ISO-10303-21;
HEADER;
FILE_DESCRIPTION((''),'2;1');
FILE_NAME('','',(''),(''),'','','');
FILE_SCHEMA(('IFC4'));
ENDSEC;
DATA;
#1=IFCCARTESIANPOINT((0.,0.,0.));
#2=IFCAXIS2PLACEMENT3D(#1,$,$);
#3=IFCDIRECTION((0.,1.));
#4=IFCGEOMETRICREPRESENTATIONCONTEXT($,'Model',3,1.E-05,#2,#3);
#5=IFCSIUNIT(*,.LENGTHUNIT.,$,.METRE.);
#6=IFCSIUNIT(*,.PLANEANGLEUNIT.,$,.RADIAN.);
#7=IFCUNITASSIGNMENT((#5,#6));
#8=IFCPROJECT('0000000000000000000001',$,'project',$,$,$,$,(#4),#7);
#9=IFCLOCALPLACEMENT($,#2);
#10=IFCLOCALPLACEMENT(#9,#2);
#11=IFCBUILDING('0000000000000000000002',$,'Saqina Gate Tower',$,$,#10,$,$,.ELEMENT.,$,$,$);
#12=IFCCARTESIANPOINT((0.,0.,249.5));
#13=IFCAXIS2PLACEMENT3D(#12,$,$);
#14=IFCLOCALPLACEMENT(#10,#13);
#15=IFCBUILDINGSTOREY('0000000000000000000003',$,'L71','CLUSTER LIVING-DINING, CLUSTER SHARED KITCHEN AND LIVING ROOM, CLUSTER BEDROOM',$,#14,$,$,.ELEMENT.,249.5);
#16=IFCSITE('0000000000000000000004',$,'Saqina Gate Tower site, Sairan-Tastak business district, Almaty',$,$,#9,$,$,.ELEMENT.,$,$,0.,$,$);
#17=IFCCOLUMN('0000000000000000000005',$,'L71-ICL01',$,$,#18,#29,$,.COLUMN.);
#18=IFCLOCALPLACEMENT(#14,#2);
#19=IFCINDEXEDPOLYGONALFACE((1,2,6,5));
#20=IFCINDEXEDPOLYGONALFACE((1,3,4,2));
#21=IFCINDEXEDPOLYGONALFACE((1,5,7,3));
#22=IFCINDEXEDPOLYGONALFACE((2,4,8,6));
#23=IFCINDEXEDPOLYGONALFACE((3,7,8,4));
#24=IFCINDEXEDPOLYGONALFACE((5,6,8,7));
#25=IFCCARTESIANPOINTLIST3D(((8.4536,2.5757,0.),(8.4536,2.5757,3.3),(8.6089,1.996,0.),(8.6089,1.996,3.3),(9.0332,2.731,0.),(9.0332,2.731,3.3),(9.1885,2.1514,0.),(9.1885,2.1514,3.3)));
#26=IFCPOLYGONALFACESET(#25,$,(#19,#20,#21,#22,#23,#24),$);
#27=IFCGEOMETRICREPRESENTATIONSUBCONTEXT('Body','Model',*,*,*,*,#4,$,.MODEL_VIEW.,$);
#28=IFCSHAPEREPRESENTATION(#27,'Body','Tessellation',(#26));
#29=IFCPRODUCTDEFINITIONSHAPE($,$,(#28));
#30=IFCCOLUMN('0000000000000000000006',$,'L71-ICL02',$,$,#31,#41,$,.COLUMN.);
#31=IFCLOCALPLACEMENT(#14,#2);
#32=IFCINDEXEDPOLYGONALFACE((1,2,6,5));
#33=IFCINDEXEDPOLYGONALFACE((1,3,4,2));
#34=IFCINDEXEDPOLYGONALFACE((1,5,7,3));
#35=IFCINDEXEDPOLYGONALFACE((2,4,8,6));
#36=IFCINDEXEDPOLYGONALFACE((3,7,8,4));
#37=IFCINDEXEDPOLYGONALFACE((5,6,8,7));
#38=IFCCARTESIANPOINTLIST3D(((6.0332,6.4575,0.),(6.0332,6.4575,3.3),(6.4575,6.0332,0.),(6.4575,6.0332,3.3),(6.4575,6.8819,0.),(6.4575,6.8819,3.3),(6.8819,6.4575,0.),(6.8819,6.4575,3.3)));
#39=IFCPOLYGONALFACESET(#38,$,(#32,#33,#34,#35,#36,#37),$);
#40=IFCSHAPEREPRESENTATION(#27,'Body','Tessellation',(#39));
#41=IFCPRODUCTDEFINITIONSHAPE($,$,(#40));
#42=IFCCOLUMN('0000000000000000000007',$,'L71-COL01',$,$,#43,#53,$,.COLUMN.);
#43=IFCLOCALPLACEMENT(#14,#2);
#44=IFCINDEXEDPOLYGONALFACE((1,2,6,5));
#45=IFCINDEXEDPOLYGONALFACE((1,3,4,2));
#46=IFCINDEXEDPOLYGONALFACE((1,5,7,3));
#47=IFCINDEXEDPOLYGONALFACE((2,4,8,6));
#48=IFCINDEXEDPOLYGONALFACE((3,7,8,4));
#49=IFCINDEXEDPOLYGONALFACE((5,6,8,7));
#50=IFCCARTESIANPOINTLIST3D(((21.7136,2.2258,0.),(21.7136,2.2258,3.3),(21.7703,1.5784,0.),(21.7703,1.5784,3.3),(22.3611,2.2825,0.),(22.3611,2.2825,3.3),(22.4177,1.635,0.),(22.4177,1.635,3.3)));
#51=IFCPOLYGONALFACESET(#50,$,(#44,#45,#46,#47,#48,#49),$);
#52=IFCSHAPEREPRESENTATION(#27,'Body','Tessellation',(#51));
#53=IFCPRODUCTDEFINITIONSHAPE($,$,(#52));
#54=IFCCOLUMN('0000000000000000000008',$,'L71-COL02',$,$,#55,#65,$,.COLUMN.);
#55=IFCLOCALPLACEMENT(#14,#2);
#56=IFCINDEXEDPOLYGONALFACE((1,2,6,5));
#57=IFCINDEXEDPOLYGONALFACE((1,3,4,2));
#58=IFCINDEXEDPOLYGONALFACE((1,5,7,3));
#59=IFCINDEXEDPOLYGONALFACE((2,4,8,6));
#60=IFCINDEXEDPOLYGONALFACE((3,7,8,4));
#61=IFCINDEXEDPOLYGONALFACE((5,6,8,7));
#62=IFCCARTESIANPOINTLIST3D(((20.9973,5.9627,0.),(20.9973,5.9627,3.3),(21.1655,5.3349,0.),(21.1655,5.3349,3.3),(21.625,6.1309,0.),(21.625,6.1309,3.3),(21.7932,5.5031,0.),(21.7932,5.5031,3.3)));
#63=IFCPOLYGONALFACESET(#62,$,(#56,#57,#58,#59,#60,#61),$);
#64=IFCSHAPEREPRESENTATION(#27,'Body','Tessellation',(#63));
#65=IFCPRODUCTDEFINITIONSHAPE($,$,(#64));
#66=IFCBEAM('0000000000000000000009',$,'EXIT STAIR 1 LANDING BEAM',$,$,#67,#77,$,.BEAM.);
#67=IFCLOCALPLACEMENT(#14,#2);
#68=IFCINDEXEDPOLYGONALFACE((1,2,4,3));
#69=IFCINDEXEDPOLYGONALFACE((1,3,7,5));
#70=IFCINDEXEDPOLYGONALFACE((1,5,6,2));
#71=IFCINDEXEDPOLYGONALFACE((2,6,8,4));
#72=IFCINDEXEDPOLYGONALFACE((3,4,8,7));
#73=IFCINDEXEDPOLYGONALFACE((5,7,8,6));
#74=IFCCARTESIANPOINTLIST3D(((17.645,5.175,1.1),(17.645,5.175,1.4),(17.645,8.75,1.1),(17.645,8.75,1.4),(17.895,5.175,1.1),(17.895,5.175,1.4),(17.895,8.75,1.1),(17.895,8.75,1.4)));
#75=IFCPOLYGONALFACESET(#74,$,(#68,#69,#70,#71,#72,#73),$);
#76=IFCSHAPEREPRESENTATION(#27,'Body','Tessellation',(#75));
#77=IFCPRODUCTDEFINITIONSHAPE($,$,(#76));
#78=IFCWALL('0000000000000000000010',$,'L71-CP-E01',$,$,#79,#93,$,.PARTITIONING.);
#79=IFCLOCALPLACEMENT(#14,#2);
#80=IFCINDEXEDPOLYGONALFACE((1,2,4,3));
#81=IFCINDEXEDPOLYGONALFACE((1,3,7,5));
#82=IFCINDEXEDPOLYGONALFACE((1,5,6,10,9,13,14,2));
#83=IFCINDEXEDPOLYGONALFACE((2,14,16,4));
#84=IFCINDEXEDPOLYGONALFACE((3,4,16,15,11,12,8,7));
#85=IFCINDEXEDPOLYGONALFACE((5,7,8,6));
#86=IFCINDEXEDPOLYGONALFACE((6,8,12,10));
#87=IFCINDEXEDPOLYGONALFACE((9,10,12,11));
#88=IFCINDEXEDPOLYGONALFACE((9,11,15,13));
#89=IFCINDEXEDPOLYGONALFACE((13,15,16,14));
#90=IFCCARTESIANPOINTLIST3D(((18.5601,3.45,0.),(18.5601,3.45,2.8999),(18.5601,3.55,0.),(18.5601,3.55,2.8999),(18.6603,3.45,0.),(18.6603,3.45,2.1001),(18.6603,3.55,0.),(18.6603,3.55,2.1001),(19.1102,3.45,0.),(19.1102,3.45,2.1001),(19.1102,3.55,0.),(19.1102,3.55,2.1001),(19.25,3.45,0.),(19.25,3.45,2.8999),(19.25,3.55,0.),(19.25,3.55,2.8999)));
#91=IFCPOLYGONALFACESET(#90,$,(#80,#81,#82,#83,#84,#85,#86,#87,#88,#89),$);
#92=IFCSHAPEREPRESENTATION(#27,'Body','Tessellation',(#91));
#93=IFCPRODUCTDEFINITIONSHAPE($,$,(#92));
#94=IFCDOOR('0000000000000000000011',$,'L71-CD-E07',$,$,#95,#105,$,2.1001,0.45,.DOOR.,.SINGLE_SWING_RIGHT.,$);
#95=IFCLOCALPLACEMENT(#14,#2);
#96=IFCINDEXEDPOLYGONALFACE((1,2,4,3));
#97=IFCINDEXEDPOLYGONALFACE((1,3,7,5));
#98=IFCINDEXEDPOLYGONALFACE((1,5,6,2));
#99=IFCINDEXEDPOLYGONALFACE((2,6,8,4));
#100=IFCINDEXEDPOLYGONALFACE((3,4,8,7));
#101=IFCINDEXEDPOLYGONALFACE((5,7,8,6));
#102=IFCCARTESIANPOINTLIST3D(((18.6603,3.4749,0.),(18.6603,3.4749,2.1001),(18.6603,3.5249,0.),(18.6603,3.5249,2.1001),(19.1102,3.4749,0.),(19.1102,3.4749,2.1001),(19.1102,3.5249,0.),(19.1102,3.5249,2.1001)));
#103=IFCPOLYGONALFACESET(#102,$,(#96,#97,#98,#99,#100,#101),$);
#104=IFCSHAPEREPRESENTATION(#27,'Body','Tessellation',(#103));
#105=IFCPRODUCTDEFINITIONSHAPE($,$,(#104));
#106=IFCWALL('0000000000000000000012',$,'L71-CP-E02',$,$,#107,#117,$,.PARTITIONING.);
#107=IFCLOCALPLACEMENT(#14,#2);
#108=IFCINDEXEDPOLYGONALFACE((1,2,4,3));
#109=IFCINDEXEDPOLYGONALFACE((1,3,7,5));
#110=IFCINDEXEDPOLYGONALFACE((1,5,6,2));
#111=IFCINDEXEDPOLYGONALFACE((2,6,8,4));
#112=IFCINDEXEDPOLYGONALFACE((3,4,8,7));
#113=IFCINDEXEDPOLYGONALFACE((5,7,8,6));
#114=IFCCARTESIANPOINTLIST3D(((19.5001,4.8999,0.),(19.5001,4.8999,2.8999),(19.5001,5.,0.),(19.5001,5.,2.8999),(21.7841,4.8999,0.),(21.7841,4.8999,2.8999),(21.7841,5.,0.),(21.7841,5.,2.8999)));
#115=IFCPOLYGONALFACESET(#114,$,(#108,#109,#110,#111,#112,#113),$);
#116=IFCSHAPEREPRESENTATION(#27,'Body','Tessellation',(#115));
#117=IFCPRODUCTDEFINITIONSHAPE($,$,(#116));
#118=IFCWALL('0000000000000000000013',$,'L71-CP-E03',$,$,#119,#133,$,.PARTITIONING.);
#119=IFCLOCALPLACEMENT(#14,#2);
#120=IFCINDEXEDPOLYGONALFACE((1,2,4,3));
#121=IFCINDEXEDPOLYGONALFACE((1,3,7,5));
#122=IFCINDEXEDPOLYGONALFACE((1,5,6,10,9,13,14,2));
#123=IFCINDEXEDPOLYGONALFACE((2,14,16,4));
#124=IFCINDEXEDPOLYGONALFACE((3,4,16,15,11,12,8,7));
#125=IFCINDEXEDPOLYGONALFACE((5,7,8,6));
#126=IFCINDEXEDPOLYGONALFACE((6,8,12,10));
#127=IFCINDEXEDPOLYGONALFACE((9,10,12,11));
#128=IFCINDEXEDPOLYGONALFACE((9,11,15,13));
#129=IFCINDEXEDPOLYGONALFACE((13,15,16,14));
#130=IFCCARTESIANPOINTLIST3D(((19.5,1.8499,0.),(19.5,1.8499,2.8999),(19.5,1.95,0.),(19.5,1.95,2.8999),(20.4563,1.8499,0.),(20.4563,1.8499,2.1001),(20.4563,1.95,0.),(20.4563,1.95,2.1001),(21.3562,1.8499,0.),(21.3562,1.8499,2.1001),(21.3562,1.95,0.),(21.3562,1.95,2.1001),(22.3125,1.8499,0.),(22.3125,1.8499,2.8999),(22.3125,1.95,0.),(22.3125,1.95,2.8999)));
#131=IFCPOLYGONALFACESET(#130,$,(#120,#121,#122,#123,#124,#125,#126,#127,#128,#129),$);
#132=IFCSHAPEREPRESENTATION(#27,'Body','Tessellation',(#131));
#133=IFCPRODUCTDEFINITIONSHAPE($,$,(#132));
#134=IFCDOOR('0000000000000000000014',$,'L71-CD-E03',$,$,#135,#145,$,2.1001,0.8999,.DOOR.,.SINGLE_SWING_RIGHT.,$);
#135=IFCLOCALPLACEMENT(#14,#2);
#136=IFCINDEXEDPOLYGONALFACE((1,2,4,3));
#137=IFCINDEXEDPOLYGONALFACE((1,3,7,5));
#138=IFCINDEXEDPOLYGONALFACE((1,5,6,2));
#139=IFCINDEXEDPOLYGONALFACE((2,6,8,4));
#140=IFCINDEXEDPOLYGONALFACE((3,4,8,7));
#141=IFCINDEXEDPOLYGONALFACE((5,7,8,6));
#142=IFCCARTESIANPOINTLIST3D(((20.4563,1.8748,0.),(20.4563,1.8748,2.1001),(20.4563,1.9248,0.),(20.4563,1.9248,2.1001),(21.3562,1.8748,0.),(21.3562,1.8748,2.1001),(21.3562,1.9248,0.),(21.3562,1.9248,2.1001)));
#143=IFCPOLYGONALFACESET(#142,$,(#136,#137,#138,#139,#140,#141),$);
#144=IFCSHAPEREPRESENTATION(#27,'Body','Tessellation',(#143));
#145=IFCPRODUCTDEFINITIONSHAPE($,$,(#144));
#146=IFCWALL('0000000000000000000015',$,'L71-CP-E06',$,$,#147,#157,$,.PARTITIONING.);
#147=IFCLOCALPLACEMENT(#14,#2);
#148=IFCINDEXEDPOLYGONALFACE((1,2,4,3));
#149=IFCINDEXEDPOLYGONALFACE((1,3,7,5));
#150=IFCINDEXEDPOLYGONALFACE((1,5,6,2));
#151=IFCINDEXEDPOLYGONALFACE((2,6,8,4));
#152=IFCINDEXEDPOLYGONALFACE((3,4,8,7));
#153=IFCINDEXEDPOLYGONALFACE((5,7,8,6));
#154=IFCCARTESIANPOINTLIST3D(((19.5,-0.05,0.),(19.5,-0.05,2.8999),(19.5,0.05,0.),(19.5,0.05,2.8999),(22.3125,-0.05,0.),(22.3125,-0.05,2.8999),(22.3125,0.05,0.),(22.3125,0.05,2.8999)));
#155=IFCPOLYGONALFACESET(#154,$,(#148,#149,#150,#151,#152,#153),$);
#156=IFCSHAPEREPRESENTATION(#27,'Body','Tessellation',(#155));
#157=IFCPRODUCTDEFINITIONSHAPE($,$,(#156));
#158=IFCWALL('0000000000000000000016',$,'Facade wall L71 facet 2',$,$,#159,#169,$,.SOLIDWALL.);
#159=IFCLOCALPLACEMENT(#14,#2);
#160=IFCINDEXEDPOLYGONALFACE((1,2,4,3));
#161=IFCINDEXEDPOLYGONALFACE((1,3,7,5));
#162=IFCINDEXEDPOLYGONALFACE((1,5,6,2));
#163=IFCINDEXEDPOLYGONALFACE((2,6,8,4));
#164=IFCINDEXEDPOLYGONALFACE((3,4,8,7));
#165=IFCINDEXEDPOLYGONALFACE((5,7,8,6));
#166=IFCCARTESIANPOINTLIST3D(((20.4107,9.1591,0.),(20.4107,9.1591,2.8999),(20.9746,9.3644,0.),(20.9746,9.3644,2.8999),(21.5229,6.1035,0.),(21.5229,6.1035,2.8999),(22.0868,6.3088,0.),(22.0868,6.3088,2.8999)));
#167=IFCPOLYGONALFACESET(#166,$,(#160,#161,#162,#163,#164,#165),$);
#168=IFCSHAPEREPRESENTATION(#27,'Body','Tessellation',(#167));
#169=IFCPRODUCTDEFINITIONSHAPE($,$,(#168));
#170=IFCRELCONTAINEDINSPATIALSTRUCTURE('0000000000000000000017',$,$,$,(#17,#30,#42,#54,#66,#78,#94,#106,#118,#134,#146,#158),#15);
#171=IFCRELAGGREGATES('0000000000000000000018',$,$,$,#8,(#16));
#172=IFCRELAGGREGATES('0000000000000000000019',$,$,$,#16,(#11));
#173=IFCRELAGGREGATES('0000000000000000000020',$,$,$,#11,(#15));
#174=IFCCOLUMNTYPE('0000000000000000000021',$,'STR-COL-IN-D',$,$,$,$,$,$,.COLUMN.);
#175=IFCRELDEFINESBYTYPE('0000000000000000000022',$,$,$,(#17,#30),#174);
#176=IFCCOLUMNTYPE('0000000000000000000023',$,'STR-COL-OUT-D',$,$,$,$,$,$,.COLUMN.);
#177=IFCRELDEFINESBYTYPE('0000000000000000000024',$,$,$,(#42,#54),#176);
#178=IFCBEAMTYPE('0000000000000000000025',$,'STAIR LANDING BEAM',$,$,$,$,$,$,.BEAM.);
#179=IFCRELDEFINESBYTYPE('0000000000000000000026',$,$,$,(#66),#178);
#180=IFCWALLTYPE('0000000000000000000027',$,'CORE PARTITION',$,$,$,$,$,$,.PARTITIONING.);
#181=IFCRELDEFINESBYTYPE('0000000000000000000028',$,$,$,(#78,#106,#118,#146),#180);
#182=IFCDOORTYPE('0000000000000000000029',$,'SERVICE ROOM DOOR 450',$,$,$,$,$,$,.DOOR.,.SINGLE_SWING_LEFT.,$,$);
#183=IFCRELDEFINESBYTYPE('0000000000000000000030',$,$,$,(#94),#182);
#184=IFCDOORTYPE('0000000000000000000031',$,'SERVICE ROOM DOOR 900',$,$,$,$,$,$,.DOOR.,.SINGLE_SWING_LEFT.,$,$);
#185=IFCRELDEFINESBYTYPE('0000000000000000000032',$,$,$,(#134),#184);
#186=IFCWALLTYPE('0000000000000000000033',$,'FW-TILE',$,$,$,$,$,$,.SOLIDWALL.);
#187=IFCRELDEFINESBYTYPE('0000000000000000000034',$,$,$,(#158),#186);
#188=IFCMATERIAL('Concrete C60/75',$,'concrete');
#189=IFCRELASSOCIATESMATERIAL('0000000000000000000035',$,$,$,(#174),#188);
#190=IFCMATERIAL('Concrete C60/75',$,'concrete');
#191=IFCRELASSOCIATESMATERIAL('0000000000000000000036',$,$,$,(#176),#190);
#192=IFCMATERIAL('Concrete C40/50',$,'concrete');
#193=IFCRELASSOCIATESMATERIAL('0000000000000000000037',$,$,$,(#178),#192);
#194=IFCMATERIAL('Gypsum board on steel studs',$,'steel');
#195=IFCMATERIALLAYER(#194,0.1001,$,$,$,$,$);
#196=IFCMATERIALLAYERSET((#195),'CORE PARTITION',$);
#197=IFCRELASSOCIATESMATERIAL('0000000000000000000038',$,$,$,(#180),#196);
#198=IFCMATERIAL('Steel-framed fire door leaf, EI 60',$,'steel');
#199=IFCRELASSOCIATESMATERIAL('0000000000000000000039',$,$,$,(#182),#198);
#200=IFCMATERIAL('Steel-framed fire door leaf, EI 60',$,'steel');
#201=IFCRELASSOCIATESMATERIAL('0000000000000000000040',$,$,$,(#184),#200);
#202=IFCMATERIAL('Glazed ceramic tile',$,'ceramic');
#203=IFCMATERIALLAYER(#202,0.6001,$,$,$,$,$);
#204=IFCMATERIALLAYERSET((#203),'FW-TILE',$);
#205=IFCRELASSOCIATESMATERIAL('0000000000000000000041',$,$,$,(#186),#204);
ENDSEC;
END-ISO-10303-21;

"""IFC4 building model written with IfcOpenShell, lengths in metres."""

from ifc_helpers import new_model, si_unit, direction, frame, frame_2d, origin, origin_2d, place, context, subcontext, project, spatial, rectangle, extrude, material, layer, layer_set, material_profile, profile_set, type_object, element, fill, save


model = new_model("IFC4")

# Units and contexts
model_context = context("Model", 3, precision=1e-05, world=origin(), true_north=direction((0.0, 1.0)))
body_context = subcontext(model_context, "Body", "Model", "MODEL_VIEW")
ifc_project = project(units=[si_unit("LENGTHUNIT", "METRE"), si_unit("PLANEANGLEUNIT", "RADIAN")], contexts=[model_context])

# Site, building, storey
site_placement = place(None, origin())
site = spatial("IfcSite", under=ifc_project, at=site_placement, Name="Saqina Gate Tower site, Sairan-Tastak business district, Almaty", CompositionType="ELEMENT", RefElevation=0.0)
building_placement = place(site_placement, origin())
building = spatial("IfcBuilding", under=site, at=building_placement, Name="Saqina Gate Tower", CompositionType="ELEMENT")
storey_placement = place(building_placement, frame((0.0, 0.0, 249.5)))
storey = spatial("IfcBuildingStorey", under=building, at=storey_placement, Name="L71", Description="CLUSTER LIVING-DINING, CLUSTER SHARED KITCHEN AND LIVING ROOM, CLUSTER BEDROOM", CompositionType="ELEMENT", Elevation=249.5)

# Columns
ifc_material_1 = material(Name="Concrete C60/75", Category="concrete")
ifc_material_profile_1 = material_profile(ifc_material_1, rectangle(XDim=0.6001, YDim=0.6001, at=origin_2d()), Name="RC 600x600")
ifc_profile_set_1 = profile_set([ifc_material_profile_1], Name="Concrete C60/75")
column_type_1 = type_object("IfcColumnType", Name="STR-COL-IN-D", PredefinedType="COLUMN", material=ifc_profile_set_1)
for number, where, z_axis, x_axis, name in (
    (1, (8.821, 2.3635, 0.0), (0.0, 0.0, 1.0), (0.965926, 0.258819, 0.0), "L71-ICL01"),
    (2, (6.4575, 6.4575, 0.0), (0.0, 0.0, 1.0), (0.707107, 0.707107, 0.0), "L71-ICL02"),
):
    element("IfcColumn", number, at=place(storey_placement, frame(where, z_axis=z_axis, x_axis=x_axis)), inside=storey, type_object=column_type_1, Name=name, PredefinedType="COLUMN", context=body_context, shape_type="SweptSolid", body=[
        extrude(rectangle(XDim=0.6001, YDim=0.6001, at=origin_2d()), origin(), (0.0, 0.0, 1.0), 3.3),
    ])
ifc_material_2 = material(Name="Concrete C60/75", Category="concrete")
ifc_material_profile_2 = material_profile(ifc_material_2, rectangle(XDim=0.6499, YDim=0.6499, at=origin_2d()), Name="RC 650x650")
ifc_profile_set_2 = profile_set([ifc_material_profile_2], Name="Concrete C60/75")
column_type_2 = type_object("IfcColumnType", Name="STR-COL-OUT-D", PredefinedType="COLUMN", material=ifc_profile_set_2)
for number, where, z_axis, x_axis, name in (
    (3, (22.0657, 1.9304, 0.0), (0.0, 0.0, 1.0), (0.996195, 0.087156, 0.0), "L71-COL01"),
    (4, (21.3953, 5.7329, 0.0), (0.0, 0.0, 1.0), (0.965926, 0.258819, 0.0), "L71-COL02"),
):
    element("IfcColumn", number, at=place(storey_placement, frame(where, z_axis=z_axis, x_axis=x_axis)), inside=storey, type_object=column_type_2, Name=name, PredefinedType="COLUMN", context=body_context, shape_type="SweptSolid", body=[
        extrude(rectangle(XDim=0.6499, YDim=0.6499, at=origin_2d()), origin(), (0.0, 0.0, 1.0), 3.3),
    ])

# Beam
ifc_material_3 = material(Name="Concrete C40/50", Category="concrete")
ifc_material_profile_3 = material_profile(ifc_material_3, rectangle(XDim=0.25, YDim=0.3, at=origin_2d()), Name="STAIR LANDING BEAM")
ifc_profile_set_3 = profile_set([ifc_material_profile_3], Name="Concrete C40/50")
beam_type = type_object("IfcBeamType", Name="STAIR LANDING BEAM", PredefinedType="BEAM", material=ifc_profile_set_3)
beam_placement = place(storey_placement, frame((17.77, 5.175, 1.25), z_axis=(0.0, 1.0, 0.0), x_axis=(-1.0, 0.0, 0.0)))
element("IfcBeam", 5, at=beam_placement, inside=storey, type_object=beam_type, Name="EXIT STAIR 1 LANDING BEAM", PredefinedType="BEAM", context=body_context, shape_type="SweptSolid", body=[
    extrude(rectangle(XDim=0.25, YDim=0.3, at=origin_2d()), origin(), (0.0, 0.0, 1.0), 3.575),
])

# Wall, opening, door
ifc_material_4 = material(Name="Gypsum board on steel studs", Category="steel")
ifc_layer_1 = layer(ifc_material_4, 0.1001)
ifc_layer_set_1 = layer_set([ifc_layer_1], Name="CORE PARTITION")
wall_type_1 = type_object("IfcWallType", Name="CORE PARTITION", PredefinedType="PARTITIONING", material=ifc_layer_set_1)
wall_1_placement = place(storey_placement, frame((18.5601, 3.5, 0.0), z_axis=(0.0, 0.0, 1.0), x_axis=(1.0, 0.0, 0.0)))
wall_1 = element("IfcWall", 6, at=wall_1_placement, inside=storey, type_object=wall_type_1, Name="L71-CP-E01", PredefinedType="PARTITIONING", context=body_context, shape_type="SweptSolid", body=[
    extrude(rectangle(XDim=0.6899, YDim=0.1001, at=frame_2d((0.345, 0.0))), origin(), (0.0, 0.0, 1.0), 2.8999),
])
opening_1_placement = place(wall_1_placement, frame((0.1001, 0.0, 0.0)))
opening_1 = element("IfcOpeningElement", 7, at=opening_1_placement, cuts=wall_1, PredefinedType="OPENING", context=body_context, shape_type="SweptSolid", body=[
    extrude(rectangle(XDim=0.45, YDim=2.1001, at=frame_2d((0.2251, 1.05))), frame((0.0, 0.062, 0.0), z_axis=(0.0, -1.0, 0.0), x_axis=(1.0, 0.0, 0.0)), (0.0, 0.0, 1.0), 0.124),
])
ifc_material_5 = material(Name="Steel-framed fire door leaf, EI 60", Category="steel")
door_type_1 = type_object("IfcDoorType", Name="SERVICE ROOM DOOR 450", OperationType="SINGLE_SWING_LEFT", PredefinedType="DOOR", material=ifc_material_5)
door_1_placement = place(opening_1_placement, origin())
door_1 = element("IfcDoor", 8, at=door_1_placement, inside=storey, type_object=door_type_1, Name="L71-CD-E07", OperationType="SINGLE_SWING_RIGHT", OverallHeight=2.1001, OverallWidth=0.45, PredefinedType="DOOR", context=body_context, shape_type="SweptSolid", body=[
    extrude(rectangle(XDim=0.45, YDim=2.1001, at=frame_2d((0.2251, 1.05))), frame((0.0, 0.0249, 0.0), z_axis=(0.0, -1.0, 0.0), x_axis=(1.0, 0.0, 0.0)), (0.0, 0.0, 1.0), 0.05),
])
fill(opening_1, door_1)

# Wall
wall_2_placement = place(storey_placement, frame((19.5, 4.95, 0.0), z_axis=(0.0, 0.0, 1.0), x_axis=(1.0, 0.0, 0.0)))
element("IfcWall", 9, at=wall_2_placement, inside=storey, type_object=wall_type_1, Name="L71-CP-E02", PredefinedType="PARTITIONING", context=body_context, shape_type="SweptSolid", body=[
    extrude(rectangle(XDim=2.2839, YDim=0.1001, at=frame_2d((1.1421, 0.0))), origin(), (0.0, 0.0, 1.0), 2.8999),
])

# Wall, opening, door
wall_3_placement = place(storey_placement, frame((19.5, 1.8999, 0.0), z_axis=(0.0, 0.0, 1.0), x_axis=(1.0, 0.0, 0.0)))
wall_3 = element("IfcWall", 10, at=wall_3_placement, inside=storey, type_object=wall_type_1, Name="L71-CP-E03", PredefinedType="PARTITIONING", context=body_context, shape_type="SweptSolid", body=[
    extrude(rectangle(XDim=2.8125, YDim=0.1001, at=frame_2d((1.4062, 0.0))), origin(), (0.0, 0.0, 1.0), 2.8999),
])
opening_2_placement = place(wall_3_placement, frame((0.9563, 0.0, 0.0)))
opening_2 = element("IfcOpeningElement", 11, at=opening_2_placement, cuts=wall_3, PredefinedType="OPENING", context=body_context, shape_type="SweptSolid", body=[
    extrude(rectangle(XDim=0.8999, YDim=2.1001, at=frame_2d((0.45, 1.05))), frame((0.0, 0.062, 0.0), z_axis=(0.0, -1.0, 0.0), x_axis=(1.0, 0.0, 0.0)), (0.0, 0.0, 1.0), 0.124),
])
ifc_material_6 = material(Name="Steel-framed fire door leaf, EI 60", Category="steel")
door_type_2 = type_object("IfcDoorType", Name="SERVICE ROOM DOOR 900", OperationType="SINGLE_SWING_LEFT", PredefinedType="DOOR", material=ifc_material_6)
door_2_placement = place(opening_2_placement, origin())
door_2 = element("IfcDoor", 12, at=door_2_placement, inside=storey, type_object=door_type_2, Name="L71-CD-E03", OperationType="SINGLE_SWING_RIGHT", OverallHeight=2.1001, OverallWidth=0.8999, PredefinedType="DOOR", context=body_context, shape_type="SweptSolid", body=[
    extrude(rectangle(XDim=0.8999, YDim=2.1001, at=frame_2d((0.45, 1.05))), frame((0.0, 0.0249, 0.0), z_axis=(0.0, -1.0, 0.0), x_axis=(1.0, 0.0, 0.0)), (0.0, 0.0, 1.0), 0.05),
])
fill(opening_2, door_2)

# Walls
wall_4_placement = place(storey_placement, frame((19.5, 0.0, 0.0), z_axis=(0.0, 0.0, 1.0), x_axis=(1.0, 0.0, 0.0)))
element("IfcWall", 13, at=wall_4_placement, inside=storey, type_object=wall_type_1, Name="L71-CP-E06", PredefinedType="PARTITIONING", context=body_context, shape_type="SweptSolid", body=[
    extrude(rectangle(XDim=2.8125, YDim=0.1001, at=frame_2d((1.4062, 0.0))), origin(), (0.0, 0.0, 1.0), 2.8999),
])
ifc_material_7 = material(Name="Glazed ceramic tile", Category="ceramic")
ifc_layer_2 = layer(ifc_material_7, 0.6001)
ifc_layer_set_2 = layer_set([ifc_layer_2], Name="FW-TILE")
wall_type_2 = type_object("IfcWallType", Name="FW-TILE", PredefinedType="SOLIDWALL", material=ifc_layer_set_2)
wall_5_placement = place(storey_placement, frame((21.8049, 6.2061, 0.0), z_axis=(0.0, 0.0, 1.0), x_axis=(-0.342057, 0.939679, 0.0)))
element("IfcWall", 14, at=wall_5_placement, inside=storey, type_object=wall_type_2, Name="Facade wall L71 facet 2", PredefinedType="SOLIDWALL", context=body_context, shape_type="SweptSolid", body=[
    extrude(rectangle(XDim=3.2517, YDim=0.6001, at=frame_2d((1.626, 0.0))), origin(), (0.0, 0.0, 1.0), 2.8999),
])

save(model, "model.ifc")
